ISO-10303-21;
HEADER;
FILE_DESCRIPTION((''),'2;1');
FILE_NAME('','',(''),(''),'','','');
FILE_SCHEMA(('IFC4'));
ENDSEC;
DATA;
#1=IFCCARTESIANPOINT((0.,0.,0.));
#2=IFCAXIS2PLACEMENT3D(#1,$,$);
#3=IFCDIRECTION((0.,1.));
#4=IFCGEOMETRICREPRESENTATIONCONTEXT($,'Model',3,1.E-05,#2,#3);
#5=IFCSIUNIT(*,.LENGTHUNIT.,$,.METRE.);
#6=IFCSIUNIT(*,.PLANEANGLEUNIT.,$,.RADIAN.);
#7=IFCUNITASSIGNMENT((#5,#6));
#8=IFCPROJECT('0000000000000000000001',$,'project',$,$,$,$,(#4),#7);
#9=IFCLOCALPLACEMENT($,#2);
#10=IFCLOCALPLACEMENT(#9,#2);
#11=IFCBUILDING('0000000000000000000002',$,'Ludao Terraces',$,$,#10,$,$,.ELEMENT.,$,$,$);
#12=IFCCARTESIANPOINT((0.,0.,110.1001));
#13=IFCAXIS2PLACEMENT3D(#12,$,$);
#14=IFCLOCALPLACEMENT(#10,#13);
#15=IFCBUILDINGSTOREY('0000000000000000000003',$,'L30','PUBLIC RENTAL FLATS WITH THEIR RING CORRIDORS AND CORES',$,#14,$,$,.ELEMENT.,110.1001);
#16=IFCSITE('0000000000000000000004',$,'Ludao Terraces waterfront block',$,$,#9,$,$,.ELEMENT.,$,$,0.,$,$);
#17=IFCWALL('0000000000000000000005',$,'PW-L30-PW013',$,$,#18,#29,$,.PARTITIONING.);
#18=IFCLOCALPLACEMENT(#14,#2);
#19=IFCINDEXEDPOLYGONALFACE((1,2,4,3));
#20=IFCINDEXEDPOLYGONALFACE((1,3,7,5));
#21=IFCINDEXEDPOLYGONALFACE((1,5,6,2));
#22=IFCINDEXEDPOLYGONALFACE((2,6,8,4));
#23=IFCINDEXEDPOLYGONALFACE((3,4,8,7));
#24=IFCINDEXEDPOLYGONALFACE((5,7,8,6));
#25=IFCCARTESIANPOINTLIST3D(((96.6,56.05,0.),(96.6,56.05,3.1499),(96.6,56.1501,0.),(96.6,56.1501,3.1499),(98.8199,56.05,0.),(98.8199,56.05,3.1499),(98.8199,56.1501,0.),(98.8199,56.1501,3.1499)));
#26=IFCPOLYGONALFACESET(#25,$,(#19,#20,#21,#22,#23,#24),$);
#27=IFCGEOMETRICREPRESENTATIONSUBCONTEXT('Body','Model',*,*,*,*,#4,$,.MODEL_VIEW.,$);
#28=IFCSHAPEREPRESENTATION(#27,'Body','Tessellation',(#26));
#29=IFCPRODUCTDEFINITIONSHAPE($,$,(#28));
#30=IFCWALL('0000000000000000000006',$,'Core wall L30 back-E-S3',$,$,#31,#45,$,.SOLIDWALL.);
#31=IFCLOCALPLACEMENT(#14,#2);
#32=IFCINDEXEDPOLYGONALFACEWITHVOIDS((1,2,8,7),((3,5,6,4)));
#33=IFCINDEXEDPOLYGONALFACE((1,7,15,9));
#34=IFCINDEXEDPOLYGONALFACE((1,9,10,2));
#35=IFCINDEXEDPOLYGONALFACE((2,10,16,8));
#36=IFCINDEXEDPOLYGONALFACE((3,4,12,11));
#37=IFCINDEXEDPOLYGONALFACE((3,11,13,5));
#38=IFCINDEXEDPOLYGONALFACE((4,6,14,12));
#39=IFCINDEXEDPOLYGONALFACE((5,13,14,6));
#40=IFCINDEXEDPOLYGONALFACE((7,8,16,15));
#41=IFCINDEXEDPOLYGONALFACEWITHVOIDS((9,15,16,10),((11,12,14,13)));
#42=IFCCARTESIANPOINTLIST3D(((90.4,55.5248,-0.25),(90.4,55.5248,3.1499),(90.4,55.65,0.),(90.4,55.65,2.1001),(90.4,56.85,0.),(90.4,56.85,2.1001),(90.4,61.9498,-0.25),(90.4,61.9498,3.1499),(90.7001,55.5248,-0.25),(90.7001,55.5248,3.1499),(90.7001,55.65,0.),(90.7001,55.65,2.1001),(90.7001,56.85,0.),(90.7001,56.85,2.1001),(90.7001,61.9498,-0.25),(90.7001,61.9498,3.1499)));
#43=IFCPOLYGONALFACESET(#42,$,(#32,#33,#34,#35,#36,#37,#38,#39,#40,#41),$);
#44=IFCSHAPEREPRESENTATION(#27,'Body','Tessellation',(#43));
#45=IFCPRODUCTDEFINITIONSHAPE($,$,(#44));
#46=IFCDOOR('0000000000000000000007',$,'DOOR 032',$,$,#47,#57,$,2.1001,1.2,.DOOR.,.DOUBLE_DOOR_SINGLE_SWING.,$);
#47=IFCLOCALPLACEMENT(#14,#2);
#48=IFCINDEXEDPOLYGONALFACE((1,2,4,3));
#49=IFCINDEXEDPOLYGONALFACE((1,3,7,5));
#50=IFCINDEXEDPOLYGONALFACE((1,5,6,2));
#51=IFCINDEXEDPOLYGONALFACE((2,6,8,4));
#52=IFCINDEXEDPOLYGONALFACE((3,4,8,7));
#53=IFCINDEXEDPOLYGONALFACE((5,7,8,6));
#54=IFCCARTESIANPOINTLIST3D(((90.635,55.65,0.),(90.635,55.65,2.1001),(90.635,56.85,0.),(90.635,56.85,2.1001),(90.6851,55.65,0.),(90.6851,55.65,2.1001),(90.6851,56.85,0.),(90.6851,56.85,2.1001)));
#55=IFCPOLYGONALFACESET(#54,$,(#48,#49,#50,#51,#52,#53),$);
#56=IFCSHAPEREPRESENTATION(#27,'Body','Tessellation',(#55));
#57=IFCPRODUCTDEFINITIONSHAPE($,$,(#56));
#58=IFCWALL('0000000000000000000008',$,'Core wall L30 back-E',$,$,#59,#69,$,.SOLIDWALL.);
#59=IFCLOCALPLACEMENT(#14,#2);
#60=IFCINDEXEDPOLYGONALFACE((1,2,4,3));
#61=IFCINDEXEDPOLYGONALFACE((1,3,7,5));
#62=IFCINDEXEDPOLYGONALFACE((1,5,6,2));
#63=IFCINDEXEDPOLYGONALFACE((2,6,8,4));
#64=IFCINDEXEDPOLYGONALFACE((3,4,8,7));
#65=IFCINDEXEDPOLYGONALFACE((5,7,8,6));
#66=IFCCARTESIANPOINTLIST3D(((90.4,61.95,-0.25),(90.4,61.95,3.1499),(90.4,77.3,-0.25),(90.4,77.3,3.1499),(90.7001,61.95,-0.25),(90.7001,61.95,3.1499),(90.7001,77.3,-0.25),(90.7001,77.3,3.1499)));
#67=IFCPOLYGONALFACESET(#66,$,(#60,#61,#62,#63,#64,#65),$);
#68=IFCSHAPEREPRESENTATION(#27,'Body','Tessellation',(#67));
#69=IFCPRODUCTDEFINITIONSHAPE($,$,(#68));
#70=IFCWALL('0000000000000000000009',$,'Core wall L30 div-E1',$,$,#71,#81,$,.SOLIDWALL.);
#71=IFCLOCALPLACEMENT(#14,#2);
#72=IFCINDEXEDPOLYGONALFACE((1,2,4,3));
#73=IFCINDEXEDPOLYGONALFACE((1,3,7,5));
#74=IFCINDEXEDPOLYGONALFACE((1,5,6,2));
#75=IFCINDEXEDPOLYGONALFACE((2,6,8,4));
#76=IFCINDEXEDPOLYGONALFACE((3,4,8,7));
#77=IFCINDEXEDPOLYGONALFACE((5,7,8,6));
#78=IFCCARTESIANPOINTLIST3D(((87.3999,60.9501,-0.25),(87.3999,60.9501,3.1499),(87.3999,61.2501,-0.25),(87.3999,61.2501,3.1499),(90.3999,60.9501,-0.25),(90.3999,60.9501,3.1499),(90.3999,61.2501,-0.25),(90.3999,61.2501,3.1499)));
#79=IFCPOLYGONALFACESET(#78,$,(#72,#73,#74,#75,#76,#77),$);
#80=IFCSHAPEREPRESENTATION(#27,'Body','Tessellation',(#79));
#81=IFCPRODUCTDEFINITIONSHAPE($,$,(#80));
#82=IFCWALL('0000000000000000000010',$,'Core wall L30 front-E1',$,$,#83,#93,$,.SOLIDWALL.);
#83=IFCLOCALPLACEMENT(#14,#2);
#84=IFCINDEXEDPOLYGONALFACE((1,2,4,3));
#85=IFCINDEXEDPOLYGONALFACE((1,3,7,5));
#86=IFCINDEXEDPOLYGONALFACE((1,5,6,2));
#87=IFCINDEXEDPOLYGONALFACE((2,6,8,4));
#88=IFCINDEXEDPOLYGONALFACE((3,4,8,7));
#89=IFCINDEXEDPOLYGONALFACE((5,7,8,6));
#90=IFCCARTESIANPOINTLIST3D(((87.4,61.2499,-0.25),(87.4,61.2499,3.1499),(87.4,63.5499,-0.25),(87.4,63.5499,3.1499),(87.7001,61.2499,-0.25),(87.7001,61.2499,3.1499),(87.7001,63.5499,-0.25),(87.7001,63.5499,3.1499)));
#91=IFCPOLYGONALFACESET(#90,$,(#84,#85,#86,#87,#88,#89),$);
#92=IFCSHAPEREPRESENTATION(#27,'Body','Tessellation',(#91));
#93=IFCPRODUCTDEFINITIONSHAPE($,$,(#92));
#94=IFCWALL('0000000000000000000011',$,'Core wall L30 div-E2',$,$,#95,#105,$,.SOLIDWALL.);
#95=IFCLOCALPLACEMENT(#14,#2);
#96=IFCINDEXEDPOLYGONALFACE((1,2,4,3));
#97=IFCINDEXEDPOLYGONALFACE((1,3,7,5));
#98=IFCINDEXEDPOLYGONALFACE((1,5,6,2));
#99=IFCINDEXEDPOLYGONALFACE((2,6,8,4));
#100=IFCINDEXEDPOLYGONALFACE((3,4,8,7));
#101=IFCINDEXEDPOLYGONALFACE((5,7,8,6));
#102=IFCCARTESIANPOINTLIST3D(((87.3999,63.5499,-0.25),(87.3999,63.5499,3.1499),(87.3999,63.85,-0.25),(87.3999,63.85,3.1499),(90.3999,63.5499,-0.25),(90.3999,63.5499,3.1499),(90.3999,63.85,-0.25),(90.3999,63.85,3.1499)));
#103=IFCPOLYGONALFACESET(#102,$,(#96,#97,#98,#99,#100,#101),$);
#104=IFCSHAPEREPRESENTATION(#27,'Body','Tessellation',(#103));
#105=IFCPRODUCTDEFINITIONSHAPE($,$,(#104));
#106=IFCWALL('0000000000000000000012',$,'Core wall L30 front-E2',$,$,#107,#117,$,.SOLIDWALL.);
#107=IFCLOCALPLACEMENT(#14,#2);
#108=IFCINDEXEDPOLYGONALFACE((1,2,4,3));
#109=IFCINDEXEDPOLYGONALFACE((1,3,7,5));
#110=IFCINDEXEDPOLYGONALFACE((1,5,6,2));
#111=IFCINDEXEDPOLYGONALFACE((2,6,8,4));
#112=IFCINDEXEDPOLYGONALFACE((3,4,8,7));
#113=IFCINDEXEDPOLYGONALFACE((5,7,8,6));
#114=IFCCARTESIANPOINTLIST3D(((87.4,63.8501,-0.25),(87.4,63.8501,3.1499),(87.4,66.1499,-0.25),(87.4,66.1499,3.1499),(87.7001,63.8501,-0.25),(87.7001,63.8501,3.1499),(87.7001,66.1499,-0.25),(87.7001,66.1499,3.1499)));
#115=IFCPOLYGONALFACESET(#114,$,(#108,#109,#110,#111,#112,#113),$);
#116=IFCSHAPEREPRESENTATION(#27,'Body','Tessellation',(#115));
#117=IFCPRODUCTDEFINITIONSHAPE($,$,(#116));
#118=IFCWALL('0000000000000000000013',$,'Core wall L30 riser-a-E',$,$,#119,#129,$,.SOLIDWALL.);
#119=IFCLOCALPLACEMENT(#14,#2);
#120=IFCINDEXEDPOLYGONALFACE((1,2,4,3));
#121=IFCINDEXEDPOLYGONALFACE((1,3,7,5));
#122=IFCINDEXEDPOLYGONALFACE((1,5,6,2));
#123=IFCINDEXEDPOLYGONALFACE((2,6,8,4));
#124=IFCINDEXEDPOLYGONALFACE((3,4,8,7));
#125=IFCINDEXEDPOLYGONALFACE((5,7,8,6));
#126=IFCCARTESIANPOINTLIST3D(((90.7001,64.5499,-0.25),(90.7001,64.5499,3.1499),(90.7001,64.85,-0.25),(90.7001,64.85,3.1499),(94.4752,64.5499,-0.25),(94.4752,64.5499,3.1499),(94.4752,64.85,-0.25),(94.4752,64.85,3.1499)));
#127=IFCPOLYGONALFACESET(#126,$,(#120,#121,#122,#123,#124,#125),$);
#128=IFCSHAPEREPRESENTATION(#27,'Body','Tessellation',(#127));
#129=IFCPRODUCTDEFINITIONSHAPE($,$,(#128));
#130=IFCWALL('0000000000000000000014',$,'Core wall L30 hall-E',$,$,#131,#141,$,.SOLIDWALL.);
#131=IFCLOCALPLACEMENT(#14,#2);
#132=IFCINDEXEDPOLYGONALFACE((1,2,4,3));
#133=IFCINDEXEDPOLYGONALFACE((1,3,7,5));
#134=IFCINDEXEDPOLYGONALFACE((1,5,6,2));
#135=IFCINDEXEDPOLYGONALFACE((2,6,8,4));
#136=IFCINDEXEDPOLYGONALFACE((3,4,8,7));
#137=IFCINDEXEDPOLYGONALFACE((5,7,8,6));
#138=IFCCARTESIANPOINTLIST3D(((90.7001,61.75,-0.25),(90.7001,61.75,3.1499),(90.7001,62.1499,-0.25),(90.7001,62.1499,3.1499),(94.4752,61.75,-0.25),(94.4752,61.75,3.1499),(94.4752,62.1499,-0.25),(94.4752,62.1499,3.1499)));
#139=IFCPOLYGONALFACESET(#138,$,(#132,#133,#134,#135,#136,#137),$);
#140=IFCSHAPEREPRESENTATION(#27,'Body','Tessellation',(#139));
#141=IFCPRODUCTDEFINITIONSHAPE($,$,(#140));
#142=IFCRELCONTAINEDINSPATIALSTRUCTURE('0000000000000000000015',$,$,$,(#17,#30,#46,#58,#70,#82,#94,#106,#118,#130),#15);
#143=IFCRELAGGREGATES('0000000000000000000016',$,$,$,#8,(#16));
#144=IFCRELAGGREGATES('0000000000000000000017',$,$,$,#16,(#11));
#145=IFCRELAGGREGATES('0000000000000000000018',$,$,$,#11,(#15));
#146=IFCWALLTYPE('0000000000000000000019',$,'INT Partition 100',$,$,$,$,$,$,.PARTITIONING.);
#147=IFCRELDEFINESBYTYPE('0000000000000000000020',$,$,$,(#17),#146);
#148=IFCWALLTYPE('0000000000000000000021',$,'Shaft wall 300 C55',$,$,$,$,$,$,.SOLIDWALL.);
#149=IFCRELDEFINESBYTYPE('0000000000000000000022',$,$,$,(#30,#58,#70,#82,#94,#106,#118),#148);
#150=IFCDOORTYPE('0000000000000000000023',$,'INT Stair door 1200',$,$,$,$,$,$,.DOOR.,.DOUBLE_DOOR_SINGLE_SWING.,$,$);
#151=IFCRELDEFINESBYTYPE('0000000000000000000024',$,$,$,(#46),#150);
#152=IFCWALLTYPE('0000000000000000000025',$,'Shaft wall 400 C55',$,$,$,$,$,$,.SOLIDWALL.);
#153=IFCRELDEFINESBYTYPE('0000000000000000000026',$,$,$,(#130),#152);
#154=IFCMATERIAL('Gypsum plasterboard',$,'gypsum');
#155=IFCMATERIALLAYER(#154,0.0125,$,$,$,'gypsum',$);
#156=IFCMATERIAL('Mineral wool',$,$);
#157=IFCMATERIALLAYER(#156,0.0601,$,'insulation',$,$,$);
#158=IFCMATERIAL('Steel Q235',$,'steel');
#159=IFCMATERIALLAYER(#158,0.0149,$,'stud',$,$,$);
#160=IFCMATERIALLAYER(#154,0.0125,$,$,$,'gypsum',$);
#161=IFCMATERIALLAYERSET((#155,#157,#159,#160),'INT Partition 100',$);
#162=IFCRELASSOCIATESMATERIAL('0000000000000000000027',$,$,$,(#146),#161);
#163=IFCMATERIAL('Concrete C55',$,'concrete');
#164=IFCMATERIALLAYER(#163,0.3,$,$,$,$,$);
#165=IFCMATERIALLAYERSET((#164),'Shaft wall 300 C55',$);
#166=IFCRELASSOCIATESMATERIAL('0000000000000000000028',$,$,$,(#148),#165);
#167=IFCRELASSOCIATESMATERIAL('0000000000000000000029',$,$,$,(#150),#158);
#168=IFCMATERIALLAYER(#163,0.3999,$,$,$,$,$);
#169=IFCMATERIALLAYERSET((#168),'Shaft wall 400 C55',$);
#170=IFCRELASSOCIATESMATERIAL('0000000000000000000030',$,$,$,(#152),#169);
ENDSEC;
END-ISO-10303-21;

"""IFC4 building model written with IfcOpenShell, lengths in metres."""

from ifc_helpers import new_model, si_unit, direction, frame, frame_2d, origin, place, context, subcontext, project, spatial, rectangle, extrude, material, layer, layer_set, type_object, element, fill, save


model = new_model("IFC4")

# Units and contexts
model_context = context("Model", 3, precision=1e-05, world=origin(), true_north=direction((0.0, 1.0)))
body_context = subcontext(model_context, "Body", "Model", "MODEL_VIEW")
ifc_project = project(units=[si_unit("LENGTHUNIT", "METRE"), si_unit("PLANEANGLEUNIT", "RADIAN")], contexts=[model_context])

# Site, building, storey
site_placement = place(None, origin())
site = spatial("IfcSite", under=ifc_project, at=site_placement, Name="Ludao Terraces waterfront block", CompositionType="ELEMENT", RefElevation=0.0)
building_placement = place(site_placement, origin())
building = spatial("IfcBuilding", under=site, at=building_placement, Name="Ludao Terraces", CompositionType="ELEMENT")
storey_placement = place(building_placement, frame((0.0, 0.0, 110.1001)))
storey = spatial("IfcBuildingStorey", under=building, at=storey_placement, Name="L30", Description="PUBLIC RENTAL FLATS WITH THEIR RING CORRIDORS AND CORES", CompositionType="ELEMENT", Elevation=110.1001)

# Shared definitions
ifc_material_1 = material(Name="Steel Q235", Category="steel")

# Shared definitions
ifc_material_2 = material(Name="Mineral wool")

# Wall
ifc_material_3 = material(Name="Gypsum plasterboard", Category="gypsum")
ifc_layer_1 = layer(ifc_material_3, 0.0125, Category="gypsum")
ifc_layer_2 = layer(ifc_material_2, 0.0601, Name="insulation")
ifc_layer_3 = layer(ifc_material_1, 0.0149, Name="stud")
ifc_layer_4 = layer(ifc_material_3, 0.0125, Category="gypsum")
ifc_layer_set_1 = layer_set([ifc_layer_1, ifc_layer_2, ifc_layer_3, ifc_layer_4], Name="INT Partition 100")
wall_type_1 = type_object("IfcWallType", Name="INT Partition 100", PredefinedType="PARTITIONING", material=ifc_layer_set_1)
for number, where, z_axis, x_axis, name in (
    (1, (96.6001, 56.1001, 0.0), (0.0, 0.0, 1.0), (1.0, 0.0, 0.0), "PW-L30-PW013"),
):
    element("IfcWall", number, at=place(storey_placement, frame(where, z_axis=z_axis, x_axis=x_axis)), inside=storey, type_object=wall_type_1, Name=name, PredefinedType="PARTITIONING", context=body_context, shape_type="SweptSolid", body=[
        extrude(rectangle(XDim=2.22, YDim=0.1001, at=frame_2d((1.1099, 0.0))), origin(), (0.0, 0.0, 1.0), 3.1499),
    ])

# Wall, opening, door
ifc_material_4 = material(Name="Concrete C55", Category="concrete")
ifc_layer_5 = layer(ifc_material_4, 0.3)
ifc_layer_set_2 = layer_set([ifc_layer_5], Name="Shaft wall 300 C55")
wall_type_2 = type_object("IfcWallType", Name="Shaft wall 300 C55", PredefinedType="SOLIDWALL", material=ifc_layer_set_2)
wall_1_placement = place(storey_placement, frame((90.55, 55.5249, -0.25), z_axis=(0.0, 0.0, 1.0), x_axis=(0.0, 1.0, 0.0)))
wall_1 = element("IfcWall", 2, at=wall_1_placement, inside=storey, type_object=wall_type_2, Name="Core wall L30 back-E-S3", PredefinedType="SOLIDWALL", context=body_context, shape_type="SweptSolid", body=[
    extrude(rectangle(XDim=6.425, YDim=0.3, at=frame_2d((3.2124, 0.0))), origin(), (0.0, 0.0, 1.0), 3.3999),
])
opening_1_placement = place(wall_1_placement, frame((0.125, 0.0, 0.25)))
opening_1 = element("IfcOpeningElement", 3, at=opening_1_placement, cuts=wall_1, PredefinedType="OPENING", context=body_context, shape_type="SweptSolid", body=[
    extrude(rectangle(XDim=1.2, YDim=2.1001, at=frame_2d((0.6001, 1.05))), frame((0.0, 0.1602, 0.0), z_axis=(0.0, -1.0, 0.0), x_axis=(1.0, 0.0, 0.0)), (0.0, 0.0, 1.0), 0.3201),
])
door_type_1 = type_object("IfcDoorType", Name="INT Stair door 1200", OperationType="DOUBLE_DOOR_SINGLE_SWING", PredefinedType="DOOR", material=ifc_material_1)
door_1_placement = place(opening_1_placement, origin())
door_1 = element("IfcDoor", 4, at=door_1_placement, inside=storey, type_object=door_type_1, Name="DOOR 032", OperationType="DOUBLE_DOOR_SINGLE_SWING", OverallHeight=2.1001, OverallWidth=1.2, PredefinedType="DOOR", context=body_context, shape_type="SweptSolid", body=[
    extrude(rectangle(XDim=1.2, YDim=2.1001, at=frame_2d((0.6001, 1.05))), frame((0.0, -0.085, 0.0), z_axis=(0.0, -1.0, 0.0), x_axis=(1.0, 0.0, 0.0)), (0.0, 0.0, 1.0), 0.05),
])
fill(opening_1, door_1)

# Walls
wall_2_placement = place(storey_placement, frame((90.55, 61.95, -0.25), z_axis=(0.0, 0.0, 1.0), x_axis=(0.0, 1.0, 0.0)))
element("IfcWall", 5, at=wall_2_placement, inside=storey, type_object=wall_type_2, Name="Core wall L30 back-E", PredefinedType="SOLIDWALL", context=body_context, shape_type="SweptSolid", body=[
    extrude(rectangle(XDim=15.3501, YDim=0.3, at=frame_2d((7.675, 0.0))), origin(), (0.0, 0.0, 1.0), 3.3999),
])
wall_3_placement = place(storey_placement, frame((87.3999, 61.1001, -0.25), z_axis=(0.0, 0.0, 1.0), x_axis=(1.0, 0.0, 0.0)))
element("IfcWall", 6, at=wall_3_placement, inside=storey, type_object=wall_type_2, Name="Core wall L30 div-E1", PredefinedType="SOLIDWALL", context=body_context, shape_type="SweptSolid", body=[
    extrude(rectangle(XDim=3.0, YDim=0.3, at=frame_2d((1.5, 0.0))), origin(), (0.0, 0.0, 1.0), 3.3999),
])
wall_4_placement = place(storey_placement, frame((87.55, 61.25, -0.25), z_axis=(0.0, 0.0, 1.0), x_axis=(0.0, 1.0, 0.0)))
element("IfcWall", 7, at=wall_4_placement, inside=storey, type_object=wall_type_2, Name="Core wall L30 front-E1", PredefinedType="SOLIDWALL", context=body_context, shape_type="SweptSolid", body=[
    extrude(rectangle(XDim=2.3, YDim=0.3, at=frame_2d((1.1499, 0.0))), origin(), (0.0, 0.0, 1.0), 3.3999),
])
wall_5_placement = place(storey_placement, frame((87.3999, 63.7, -0.25), z_axis=(0.0, 0.0, 1.0), x_axis=(1.0, 0.0, 0.0)))
element("IfcWall", 8, at=wall_5_placement, inside=storey, type_object=wall_type_2, Name="Core wall L30 div-E2", PredefinedType="SOLIDWALL", context=body_context, shape_type="SweptSolid", body=[
    extrude(rectangle(XDim=3.0, YDim=0.3, at=frame_2d((1.5, 0.0))), origin(), (0.0, 0.0, 1.0), 3.3999),
])
wall_6_placement = place(storey_placement, frame((87.55, 63.8501, -0.25), z_axis=(0.0, 0.0, 1.0), x_axis=(0.0, 1.0, 0.0)))
element("IfcWall", 9, at=wall_6_placement, inside=storey, type_object=wall_type_2, Name="Core wall L30 front-E2", PredefinedType="SOLIDWALL", context=body_context, shape_type="SweptSolid", body=[
    extrude(rectangle(XDim=2.2998, YDim=0.3, at=frame_2d((1.1499, 0.0))), origin(), (0.0, 0.0, 1.0), 3.3999),
])
wall_7_placement = place(storey_placement, frame((90.7, 64.7, -0.25), z_axis=(0.0, 0.0, 1.0), x_axis=(1.0, 0.0, 0.0)))
element("IfcWall", 10, at=wall_7_placement, inside=storey, type_object=wall_type_2, Name="Core wall L30 riser-a-E", PredefinedType="SOLIDWALL", context=body_context, shape_type="SweptSolid", body=[
    extrude(rectangle(XDim=3.7751, YDim=0.3, at=frame_2d((1.8877, 0.0))), origin(), (0.0, 0.0, 1.0), 3.3999),
])
ifc_layer_6 = layer(ifc_material_4, 0.3999)
ifc_layer_set_3 = layer_set([ifc_layer_6], Name="Shaft wall 400 C55")
wall_type_3 = type_object("IfcWallType", Name="Shaft wall 400 C55", PredefinedType="SOLIDWALL", material=ifc_layer_set_3)
wall_8_placement = place(storey_placement, frame((90.7, 61.95, -0.25), z_axis=(0.0, 0.0, 1.0), x_axis=(1.0, 0.0, 0.0)))
element("IfcWall", 11, at=wall_8_placement, inside=storey, type_object=wall_type_3, Name="Core wall L30 hall-E", PredefinedType="SOLIDWALL", context=body_context, shape_type="SweptSolid", body=[
    extrude(rectangle(XDim=3.7751, YDim=0.3999, at=frame_2d((1.8877, 0.0))), origin(), (0.0, 0.0, 1.0), 3.3999),
])

save(model, "model.ifc")
